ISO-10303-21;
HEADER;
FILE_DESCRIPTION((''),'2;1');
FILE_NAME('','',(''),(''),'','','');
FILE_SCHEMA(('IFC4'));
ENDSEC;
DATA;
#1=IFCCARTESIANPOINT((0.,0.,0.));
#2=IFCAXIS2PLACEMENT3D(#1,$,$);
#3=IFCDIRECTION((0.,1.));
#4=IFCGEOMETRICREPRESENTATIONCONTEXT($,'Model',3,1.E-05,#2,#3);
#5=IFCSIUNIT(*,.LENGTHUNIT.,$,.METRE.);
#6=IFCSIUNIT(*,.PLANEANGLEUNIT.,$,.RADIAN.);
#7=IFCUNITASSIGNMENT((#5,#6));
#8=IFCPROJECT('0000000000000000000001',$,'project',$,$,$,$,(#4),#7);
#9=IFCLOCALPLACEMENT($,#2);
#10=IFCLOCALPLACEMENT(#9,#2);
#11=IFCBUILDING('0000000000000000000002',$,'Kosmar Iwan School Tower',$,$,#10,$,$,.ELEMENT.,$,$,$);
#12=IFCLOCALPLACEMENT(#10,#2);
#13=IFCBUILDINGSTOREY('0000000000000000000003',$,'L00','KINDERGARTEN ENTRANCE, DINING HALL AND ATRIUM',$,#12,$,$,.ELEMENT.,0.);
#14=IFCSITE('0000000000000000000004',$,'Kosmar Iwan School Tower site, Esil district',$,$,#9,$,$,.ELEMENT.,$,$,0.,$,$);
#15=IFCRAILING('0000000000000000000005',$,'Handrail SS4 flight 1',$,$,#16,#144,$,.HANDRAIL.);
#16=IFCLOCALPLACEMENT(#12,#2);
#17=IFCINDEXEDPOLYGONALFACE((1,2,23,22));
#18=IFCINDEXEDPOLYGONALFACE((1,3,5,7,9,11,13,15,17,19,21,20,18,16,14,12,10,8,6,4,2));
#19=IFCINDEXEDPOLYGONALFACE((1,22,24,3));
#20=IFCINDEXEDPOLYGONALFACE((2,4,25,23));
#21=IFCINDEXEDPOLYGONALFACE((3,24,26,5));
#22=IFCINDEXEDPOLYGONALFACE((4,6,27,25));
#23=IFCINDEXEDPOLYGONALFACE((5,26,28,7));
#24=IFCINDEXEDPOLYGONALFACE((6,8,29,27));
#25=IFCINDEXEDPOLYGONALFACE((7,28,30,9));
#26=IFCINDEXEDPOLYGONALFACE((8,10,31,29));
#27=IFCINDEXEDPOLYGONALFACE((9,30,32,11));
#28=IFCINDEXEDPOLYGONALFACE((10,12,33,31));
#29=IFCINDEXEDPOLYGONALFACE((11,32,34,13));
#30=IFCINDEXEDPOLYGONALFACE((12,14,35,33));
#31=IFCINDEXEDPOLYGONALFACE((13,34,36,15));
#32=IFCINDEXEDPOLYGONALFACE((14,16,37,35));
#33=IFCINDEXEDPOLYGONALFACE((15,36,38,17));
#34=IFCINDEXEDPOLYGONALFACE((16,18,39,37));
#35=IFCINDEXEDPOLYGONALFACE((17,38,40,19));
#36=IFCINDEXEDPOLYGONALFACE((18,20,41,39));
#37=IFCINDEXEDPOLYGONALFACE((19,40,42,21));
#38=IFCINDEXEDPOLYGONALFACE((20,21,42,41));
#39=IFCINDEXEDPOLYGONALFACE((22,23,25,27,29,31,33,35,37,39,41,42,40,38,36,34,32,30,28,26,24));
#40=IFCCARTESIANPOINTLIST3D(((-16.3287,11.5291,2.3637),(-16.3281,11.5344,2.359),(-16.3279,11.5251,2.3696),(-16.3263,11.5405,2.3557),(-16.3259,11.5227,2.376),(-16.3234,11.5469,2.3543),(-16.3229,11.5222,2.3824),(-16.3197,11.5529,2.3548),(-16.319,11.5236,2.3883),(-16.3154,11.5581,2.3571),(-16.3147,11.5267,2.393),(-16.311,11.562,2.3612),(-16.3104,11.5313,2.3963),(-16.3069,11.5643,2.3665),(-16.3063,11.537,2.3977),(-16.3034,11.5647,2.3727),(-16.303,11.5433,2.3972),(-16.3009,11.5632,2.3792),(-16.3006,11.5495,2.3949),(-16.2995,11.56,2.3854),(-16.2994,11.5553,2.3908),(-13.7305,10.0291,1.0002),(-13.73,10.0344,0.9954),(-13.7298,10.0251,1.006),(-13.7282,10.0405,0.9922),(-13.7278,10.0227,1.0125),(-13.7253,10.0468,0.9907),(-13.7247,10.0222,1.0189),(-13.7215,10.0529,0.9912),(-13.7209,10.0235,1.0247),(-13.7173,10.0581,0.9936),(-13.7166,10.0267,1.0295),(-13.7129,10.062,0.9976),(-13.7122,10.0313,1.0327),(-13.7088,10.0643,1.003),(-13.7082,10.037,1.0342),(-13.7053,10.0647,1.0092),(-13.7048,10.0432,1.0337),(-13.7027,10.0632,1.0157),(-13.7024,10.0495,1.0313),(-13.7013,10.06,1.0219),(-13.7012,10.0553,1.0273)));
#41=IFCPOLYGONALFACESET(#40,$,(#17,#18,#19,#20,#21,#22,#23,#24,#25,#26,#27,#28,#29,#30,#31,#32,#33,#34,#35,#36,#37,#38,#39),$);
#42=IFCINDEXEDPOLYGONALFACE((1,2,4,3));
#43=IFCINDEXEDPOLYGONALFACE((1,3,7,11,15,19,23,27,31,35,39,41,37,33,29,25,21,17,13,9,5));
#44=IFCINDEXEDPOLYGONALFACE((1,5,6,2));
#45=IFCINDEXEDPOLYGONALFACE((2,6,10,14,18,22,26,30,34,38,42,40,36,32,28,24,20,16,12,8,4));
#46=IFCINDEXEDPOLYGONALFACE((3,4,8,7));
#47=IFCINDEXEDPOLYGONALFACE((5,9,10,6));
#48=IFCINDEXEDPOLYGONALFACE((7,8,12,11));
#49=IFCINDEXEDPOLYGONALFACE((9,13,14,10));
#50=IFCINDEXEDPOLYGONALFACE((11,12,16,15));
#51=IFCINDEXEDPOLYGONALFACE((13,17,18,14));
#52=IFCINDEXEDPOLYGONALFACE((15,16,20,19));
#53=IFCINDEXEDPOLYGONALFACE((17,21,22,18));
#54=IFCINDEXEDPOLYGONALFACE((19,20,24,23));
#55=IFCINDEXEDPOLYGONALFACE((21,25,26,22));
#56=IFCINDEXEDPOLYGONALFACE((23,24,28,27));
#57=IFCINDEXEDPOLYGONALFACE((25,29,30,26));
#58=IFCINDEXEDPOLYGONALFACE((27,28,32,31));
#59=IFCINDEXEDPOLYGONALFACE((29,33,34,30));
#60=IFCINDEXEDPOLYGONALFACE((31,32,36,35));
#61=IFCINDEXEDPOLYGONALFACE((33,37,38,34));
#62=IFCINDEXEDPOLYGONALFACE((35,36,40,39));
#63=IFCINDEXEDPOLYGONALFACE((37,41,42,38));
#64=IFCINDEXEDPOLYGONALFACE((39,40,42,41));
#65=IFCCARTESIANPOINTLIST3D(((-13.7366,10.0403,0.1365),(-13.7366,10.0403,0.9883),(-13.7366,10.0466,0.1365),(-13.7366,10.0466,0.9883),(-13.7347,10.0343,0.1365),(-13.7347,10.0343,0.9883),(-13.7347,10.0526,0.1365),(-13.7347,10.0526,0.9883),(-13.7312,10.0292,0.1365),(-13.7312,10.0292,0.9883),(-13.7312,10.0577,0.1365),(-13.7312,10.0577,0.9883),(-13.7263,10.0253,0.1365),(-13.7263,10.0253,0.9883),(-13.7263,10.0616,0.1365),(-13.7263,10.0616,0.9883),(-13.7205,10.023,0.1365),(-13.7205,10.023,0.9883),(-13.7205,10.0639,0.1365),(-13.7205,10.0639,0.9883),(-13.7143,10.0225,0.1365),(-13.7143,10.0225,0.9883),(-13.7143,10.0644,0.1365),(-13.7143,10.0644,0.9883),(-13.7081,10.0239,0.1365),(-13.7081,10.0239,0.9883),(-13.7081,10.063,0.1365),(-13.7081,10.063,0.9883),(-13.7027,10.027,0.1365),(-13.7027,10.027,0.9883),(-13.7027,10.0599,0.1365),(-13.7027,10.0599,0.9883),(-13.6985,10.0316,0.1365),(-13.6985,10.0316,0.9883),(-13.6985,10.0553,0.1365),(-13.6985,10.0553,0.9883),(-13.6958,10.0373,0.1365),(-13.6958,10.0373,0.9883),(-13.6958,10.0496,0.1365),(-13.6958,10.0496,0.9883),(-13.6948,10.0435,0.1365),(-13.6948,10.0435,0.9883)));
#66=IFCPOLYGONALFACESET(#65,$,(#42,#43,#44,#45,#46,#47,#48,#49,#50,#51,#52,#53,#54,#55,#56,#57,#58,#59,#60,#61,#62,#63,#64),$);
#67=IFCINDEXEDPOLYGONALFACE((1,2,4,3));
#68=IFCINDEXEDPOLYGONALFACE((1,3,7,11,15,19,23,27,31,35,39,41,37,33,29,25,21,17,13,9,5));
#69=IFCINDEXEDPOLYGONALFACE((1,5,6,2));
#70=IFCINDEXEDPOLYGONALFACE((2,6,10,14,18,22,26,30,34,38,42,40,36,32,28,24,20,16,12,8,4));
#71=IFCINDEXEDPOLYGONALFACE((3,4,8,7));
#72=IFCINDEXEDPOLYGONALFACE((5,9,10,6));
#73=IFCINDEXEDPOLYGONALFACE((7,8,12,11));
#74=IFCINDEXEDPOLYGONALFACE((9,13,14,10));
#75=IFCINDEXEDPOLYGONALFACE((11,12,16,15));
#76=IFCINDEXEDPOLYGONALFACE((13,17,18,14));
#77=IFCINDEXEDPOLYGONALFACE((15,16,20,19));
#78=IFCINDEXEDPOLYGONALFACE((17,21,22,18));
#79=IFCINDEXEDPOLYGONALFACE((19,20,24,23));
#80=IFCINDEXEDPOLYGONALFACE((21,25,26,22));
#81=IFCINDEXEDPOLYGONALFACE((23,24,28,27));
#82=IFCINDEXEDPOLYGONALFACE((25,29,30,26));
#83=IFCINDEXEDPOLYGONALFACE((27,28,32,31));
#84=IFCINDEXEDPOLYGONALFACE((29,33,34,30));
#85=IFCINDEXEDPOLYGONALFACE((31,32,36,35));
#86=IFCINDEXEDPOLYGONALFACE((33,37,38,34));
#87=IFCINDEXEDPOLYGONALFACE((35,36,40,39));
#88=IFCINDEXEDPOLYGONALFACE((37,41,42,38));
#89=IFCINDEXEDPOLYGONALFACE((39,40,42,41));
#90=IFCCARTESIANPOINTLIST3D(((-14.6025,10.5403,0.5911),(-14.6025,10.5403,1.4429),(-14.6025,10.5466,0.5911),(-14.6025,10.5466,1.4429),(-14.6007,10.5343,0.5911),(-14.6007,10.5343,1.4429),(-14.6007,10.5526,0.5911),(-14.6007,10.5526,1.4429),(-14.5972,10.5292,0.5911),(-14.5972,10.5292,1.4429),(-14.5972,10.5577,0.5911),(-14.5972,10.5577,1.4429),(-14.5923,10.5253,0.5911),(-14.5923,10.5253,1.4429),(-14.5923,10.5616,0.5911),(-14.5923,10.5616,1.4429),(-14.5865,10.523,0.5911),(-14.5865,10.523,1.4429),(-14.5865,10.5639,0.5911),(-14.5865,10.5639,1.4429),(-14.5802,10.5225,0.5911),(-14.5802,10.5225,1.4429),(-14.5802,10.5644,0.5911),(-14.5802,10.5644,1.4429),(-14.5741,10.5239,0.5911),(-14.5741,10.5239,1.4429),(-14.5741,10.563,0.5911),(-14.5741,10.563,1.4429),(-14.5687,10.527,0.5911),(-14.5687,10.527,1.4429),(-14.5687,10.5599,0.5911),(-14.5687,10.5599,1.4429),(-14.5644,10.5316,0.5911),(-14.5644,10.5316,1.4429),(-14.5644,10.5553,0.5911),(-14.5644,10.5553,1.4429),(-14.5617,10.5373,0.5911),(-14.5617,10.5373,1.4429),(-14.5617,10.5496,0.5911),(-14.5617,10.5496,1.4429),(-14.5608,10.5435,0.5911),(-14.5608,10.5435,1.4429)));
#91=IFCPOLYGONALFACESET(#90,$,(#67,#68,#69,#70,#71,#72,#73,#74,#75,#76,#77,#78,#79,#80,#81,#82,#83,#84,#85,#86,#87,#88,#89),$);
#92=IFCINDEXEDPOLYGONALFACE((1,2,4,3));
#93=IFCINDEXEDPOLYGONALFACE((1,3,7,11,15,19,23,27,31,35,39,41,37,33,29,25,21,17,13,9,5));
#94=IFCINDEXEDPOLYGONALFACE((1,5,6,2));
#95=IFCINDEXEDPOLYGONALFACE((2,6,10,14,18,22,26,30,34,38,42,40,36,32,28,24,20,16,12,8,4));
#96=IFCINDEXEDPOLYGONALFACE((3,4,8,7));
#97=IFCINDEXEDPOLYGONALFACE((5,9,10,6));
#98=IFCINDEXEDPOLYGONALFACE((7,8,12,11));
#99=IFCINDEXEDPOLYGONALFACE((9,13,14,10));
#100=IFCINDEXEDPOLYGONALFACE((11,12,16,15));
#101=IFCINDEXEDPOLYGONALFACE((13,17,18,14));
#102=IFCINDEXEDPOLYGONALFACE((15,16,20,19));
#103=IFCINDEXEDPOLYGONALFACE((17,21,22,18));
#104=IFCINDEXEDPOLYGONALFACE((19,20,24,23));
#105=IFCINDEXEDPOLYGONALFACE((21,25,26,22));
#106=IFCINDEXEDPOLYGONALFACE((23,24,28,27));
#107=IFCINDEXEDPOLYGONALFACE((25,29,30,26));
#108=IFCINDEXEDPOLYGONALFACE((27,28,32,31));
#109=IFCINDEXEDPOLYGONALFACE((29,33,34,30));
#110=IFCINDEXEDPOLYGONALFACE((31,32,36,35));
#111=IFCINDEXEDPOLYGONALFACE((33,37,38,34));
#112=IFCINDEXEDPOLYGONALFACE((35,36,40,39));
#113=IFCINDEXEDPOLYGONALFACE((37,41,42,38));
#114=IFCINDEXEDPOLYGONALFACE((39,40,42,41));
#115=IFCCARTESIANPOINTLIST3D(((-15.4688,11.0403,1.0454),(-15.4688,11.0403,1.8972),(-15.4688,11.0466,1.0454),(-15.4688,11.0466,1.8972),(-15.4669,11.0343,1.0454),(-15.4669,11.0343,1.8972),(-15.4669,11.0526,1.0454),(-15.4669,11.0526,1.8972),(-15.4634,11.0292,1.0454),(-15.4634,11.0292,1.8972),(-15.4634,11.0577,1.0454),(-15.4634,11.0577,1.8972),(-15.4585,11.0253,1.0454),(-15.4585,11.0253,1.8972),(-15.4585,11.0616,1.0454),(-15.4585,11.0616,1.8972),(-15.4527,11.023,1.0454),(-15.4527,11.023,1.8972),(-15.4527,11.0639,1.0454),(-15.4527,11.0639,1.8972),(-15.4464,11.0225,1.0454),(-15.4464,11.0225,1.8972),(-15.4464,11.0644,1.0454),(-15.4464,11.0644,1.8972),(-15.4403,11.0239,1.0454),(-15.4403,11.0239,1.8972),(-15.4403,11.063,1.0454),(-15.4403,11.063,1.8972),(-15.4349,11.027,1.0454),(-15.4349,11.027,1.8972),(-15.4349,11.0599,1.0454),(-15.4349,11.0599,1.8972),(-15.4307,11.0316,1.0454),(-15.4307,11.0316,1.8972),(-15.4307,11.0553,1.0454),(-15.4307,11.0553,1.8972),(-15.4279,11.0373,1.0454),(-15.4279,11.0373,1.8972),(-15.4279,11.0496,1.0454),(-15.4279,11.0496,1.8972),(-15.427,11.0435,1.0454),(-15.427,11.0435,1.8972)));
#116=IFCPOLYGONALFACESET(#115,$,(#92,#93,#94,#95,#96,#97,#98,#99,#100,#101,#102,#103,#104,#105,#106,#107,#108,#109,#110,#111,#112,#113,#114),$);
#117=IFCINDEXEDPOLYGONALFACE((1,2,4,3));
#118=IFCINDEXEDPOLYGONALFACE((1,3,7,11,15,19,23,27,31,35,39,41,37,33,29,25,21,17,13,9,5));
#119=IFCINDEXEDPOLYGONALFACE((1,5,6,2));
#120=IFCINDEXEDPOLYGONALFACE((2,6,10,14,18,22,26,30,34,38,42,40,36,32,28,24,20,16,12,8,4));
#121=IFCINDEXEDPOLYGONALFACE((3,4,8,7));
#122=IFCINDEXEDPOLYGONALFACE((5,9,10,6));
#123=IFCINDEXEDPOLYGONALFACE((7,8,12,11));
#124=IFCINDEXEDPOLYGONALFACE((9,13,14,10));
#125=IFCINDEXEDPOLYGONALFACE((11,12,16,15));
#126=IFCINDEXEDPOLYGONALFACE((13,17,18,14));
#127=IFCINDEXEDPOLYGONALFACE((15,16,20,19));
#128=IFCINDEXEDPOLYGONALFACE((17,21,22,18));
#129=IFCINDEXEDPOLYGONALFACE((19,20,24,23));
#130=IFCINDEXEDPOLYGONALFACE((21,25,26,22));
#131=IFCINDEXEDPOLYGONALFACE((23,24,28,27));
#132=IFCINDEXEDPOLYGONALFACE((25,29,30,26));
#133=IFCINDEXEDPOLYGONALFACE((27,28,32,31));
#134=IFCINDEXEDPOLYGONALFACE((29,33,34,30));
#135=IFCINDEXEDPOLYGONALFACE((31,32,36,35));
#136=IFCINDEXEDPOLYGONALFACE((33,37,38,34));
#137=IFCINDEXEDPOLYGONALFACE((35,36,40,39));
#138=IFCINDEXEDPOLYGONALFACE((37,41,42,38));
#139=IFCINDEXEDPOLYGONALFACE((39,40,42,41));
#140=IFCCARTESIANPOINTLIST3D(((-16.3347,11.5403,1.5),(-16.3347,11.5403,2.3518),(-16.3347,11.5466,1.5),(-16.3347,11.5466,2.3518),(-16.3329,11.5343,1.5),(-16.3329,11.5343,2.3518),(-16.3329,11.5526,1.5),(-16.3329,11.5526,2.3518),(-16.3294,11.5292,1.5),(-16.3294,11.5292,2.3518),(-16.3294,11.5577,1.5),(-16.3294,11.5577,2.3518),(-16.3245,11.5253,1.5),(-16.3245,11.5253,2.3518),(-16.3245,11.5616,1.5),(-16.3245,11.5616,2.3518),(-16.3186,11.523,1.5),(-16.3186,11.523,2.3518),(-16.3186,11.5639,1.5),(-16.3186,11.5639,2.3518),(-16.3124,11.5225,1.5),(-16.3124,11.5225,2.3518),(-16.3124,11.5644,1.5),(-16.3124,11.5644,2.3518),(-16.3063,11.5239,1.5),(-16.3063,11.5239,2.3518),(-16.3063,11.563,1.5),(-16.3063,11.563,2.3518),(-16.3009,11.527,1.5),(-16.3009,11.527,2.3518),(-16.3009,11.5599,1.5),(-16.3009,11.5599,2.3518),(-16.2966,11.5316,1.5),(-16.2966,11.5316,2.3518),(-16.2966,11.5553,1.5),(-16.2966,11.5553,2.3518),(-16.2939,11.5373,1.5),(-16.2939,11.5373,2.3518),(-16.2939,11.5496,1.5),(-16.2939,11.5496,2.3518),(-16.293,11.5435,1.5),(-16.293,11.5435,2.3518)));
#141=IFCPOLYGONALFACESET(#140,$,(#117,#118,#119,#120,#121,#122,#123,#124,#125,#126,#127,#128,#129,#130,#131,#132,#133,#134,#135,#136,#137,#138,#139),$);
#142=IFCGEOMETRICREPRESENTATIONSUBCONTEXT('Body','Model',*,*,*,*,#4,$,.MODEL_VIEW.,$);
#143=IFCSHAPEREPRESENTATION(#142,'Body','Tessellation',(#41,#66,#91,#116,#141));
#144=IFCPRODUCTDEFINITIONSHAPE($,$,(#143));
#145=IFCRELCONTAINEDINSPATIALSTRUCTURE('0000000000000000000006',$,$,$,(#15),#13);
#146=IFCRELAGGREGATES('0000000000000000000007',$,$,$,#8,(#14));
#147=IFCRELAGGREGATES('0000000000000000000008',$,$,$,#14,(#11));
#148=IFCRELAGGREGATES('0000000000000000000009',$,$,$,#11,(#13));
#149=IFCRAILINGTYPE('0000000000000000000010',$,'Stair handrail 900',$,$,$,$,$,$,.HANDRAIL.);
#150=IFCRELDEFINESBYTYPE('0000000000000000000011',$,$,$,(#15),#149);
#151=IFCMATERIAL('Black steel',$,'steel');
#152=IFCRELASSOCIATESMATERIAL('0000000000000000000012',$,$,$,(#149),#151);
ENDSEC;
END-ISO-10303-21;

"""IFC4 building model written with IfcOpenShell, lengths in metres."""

from ifc_helpers import new_model, si_unit, direction, frame, origin, origin_2d, place, context, subcontext, project, spatial, circle, extrude, material, type_object, element, save


model = new_model("IFC4")

# Units and contexts
model_context = context("Model", 3, precision=1e-05, world=origin(), true_north=direction((0.0, 1.0)))
body_context = subcontext(model_context, "Body", "Model", "MODEL_VIEW")
ifc_project = project(units=[si_unit("LENGTHUNIT", "METRE"), si_unit("PLANEANGLEUNIT", "RADIAN")], contexts=[model_context])

# Site, building, storey
site_placement = place(None, origin())
site = spatial("IfcSite", under=ifc_project, at=site_placement, Name="Kosmar Iwan School Tower site, Esil district", CompositionType="ELEMENT", RefElevation=0.0)
building_placement = place(site_placement, origin())
building = spatial("IfcBuilding", under=site, at=building_placement, Name="Kosmar Iwan School Tower", CompositionType="ELEMENT")
storey_placement = place(building_placement, origin())
storey = spatial("IfcBuildingStorey", under=building, at=storey_placement, Name="L00", Description="KINDERGARTEN ENTRANCE, DINING HALL AND ATRIUM", CompositionType="ELEMENT", Elevation=0.0)

# Railing
ifc_material_1 = material(Name="Black steel", Category="steel")
railing_type = type_object("IfcRailingType", Name="Stair handrail 900", PredefinedType="HANDRAIL", material=ifc_material_1)
for number, where, name in (
    (1, (-13.7158, 10.0435, 0.1365), "Handrail SS4 flight 1"),
):
    element("IfcRailing", number, at=place(storey_placement, frame(where)), inside=storey, type_object=railing_type, Name=name, PredefinedType="HANDRAIL", context=body_context, shape_type="SweptSolid", body=[
        extrude(circle(Radius=0.0239, at=origin_2d()), frame((0.0, 0.0, 0.876), z_axis=(-0.788419, 0.455182, 0.413768), x_axis=(-0.49999, -0.866031, 0.0)), (0.0, 0.0, 1.0), 3.2954),
        extrude(circle(Radius=0.021, at=origin_2d()), origin(), (0.0, 0.0, 1.0), 0.8518),
        extrude(circle(Radius=0.021, at=origin_2d()), frame((-0.866, 0.5, 0.4546)), (0.0, 0.0, 1.0), 0.8518),
        extrude(circle(Radius=0.021, at=origin_2d()), frame((-1.7322, 1.0, 0.9089)), (0.0, 0.0, 1.0), 0.8518),
        extrude(circle(Radius=0.021, at=origin_2d()), frame((-2.5981, 1.5, 1.3635)), (0.0, 0.0, 1.0), 0.8518),
    ])

save(model, "model.ifc")
